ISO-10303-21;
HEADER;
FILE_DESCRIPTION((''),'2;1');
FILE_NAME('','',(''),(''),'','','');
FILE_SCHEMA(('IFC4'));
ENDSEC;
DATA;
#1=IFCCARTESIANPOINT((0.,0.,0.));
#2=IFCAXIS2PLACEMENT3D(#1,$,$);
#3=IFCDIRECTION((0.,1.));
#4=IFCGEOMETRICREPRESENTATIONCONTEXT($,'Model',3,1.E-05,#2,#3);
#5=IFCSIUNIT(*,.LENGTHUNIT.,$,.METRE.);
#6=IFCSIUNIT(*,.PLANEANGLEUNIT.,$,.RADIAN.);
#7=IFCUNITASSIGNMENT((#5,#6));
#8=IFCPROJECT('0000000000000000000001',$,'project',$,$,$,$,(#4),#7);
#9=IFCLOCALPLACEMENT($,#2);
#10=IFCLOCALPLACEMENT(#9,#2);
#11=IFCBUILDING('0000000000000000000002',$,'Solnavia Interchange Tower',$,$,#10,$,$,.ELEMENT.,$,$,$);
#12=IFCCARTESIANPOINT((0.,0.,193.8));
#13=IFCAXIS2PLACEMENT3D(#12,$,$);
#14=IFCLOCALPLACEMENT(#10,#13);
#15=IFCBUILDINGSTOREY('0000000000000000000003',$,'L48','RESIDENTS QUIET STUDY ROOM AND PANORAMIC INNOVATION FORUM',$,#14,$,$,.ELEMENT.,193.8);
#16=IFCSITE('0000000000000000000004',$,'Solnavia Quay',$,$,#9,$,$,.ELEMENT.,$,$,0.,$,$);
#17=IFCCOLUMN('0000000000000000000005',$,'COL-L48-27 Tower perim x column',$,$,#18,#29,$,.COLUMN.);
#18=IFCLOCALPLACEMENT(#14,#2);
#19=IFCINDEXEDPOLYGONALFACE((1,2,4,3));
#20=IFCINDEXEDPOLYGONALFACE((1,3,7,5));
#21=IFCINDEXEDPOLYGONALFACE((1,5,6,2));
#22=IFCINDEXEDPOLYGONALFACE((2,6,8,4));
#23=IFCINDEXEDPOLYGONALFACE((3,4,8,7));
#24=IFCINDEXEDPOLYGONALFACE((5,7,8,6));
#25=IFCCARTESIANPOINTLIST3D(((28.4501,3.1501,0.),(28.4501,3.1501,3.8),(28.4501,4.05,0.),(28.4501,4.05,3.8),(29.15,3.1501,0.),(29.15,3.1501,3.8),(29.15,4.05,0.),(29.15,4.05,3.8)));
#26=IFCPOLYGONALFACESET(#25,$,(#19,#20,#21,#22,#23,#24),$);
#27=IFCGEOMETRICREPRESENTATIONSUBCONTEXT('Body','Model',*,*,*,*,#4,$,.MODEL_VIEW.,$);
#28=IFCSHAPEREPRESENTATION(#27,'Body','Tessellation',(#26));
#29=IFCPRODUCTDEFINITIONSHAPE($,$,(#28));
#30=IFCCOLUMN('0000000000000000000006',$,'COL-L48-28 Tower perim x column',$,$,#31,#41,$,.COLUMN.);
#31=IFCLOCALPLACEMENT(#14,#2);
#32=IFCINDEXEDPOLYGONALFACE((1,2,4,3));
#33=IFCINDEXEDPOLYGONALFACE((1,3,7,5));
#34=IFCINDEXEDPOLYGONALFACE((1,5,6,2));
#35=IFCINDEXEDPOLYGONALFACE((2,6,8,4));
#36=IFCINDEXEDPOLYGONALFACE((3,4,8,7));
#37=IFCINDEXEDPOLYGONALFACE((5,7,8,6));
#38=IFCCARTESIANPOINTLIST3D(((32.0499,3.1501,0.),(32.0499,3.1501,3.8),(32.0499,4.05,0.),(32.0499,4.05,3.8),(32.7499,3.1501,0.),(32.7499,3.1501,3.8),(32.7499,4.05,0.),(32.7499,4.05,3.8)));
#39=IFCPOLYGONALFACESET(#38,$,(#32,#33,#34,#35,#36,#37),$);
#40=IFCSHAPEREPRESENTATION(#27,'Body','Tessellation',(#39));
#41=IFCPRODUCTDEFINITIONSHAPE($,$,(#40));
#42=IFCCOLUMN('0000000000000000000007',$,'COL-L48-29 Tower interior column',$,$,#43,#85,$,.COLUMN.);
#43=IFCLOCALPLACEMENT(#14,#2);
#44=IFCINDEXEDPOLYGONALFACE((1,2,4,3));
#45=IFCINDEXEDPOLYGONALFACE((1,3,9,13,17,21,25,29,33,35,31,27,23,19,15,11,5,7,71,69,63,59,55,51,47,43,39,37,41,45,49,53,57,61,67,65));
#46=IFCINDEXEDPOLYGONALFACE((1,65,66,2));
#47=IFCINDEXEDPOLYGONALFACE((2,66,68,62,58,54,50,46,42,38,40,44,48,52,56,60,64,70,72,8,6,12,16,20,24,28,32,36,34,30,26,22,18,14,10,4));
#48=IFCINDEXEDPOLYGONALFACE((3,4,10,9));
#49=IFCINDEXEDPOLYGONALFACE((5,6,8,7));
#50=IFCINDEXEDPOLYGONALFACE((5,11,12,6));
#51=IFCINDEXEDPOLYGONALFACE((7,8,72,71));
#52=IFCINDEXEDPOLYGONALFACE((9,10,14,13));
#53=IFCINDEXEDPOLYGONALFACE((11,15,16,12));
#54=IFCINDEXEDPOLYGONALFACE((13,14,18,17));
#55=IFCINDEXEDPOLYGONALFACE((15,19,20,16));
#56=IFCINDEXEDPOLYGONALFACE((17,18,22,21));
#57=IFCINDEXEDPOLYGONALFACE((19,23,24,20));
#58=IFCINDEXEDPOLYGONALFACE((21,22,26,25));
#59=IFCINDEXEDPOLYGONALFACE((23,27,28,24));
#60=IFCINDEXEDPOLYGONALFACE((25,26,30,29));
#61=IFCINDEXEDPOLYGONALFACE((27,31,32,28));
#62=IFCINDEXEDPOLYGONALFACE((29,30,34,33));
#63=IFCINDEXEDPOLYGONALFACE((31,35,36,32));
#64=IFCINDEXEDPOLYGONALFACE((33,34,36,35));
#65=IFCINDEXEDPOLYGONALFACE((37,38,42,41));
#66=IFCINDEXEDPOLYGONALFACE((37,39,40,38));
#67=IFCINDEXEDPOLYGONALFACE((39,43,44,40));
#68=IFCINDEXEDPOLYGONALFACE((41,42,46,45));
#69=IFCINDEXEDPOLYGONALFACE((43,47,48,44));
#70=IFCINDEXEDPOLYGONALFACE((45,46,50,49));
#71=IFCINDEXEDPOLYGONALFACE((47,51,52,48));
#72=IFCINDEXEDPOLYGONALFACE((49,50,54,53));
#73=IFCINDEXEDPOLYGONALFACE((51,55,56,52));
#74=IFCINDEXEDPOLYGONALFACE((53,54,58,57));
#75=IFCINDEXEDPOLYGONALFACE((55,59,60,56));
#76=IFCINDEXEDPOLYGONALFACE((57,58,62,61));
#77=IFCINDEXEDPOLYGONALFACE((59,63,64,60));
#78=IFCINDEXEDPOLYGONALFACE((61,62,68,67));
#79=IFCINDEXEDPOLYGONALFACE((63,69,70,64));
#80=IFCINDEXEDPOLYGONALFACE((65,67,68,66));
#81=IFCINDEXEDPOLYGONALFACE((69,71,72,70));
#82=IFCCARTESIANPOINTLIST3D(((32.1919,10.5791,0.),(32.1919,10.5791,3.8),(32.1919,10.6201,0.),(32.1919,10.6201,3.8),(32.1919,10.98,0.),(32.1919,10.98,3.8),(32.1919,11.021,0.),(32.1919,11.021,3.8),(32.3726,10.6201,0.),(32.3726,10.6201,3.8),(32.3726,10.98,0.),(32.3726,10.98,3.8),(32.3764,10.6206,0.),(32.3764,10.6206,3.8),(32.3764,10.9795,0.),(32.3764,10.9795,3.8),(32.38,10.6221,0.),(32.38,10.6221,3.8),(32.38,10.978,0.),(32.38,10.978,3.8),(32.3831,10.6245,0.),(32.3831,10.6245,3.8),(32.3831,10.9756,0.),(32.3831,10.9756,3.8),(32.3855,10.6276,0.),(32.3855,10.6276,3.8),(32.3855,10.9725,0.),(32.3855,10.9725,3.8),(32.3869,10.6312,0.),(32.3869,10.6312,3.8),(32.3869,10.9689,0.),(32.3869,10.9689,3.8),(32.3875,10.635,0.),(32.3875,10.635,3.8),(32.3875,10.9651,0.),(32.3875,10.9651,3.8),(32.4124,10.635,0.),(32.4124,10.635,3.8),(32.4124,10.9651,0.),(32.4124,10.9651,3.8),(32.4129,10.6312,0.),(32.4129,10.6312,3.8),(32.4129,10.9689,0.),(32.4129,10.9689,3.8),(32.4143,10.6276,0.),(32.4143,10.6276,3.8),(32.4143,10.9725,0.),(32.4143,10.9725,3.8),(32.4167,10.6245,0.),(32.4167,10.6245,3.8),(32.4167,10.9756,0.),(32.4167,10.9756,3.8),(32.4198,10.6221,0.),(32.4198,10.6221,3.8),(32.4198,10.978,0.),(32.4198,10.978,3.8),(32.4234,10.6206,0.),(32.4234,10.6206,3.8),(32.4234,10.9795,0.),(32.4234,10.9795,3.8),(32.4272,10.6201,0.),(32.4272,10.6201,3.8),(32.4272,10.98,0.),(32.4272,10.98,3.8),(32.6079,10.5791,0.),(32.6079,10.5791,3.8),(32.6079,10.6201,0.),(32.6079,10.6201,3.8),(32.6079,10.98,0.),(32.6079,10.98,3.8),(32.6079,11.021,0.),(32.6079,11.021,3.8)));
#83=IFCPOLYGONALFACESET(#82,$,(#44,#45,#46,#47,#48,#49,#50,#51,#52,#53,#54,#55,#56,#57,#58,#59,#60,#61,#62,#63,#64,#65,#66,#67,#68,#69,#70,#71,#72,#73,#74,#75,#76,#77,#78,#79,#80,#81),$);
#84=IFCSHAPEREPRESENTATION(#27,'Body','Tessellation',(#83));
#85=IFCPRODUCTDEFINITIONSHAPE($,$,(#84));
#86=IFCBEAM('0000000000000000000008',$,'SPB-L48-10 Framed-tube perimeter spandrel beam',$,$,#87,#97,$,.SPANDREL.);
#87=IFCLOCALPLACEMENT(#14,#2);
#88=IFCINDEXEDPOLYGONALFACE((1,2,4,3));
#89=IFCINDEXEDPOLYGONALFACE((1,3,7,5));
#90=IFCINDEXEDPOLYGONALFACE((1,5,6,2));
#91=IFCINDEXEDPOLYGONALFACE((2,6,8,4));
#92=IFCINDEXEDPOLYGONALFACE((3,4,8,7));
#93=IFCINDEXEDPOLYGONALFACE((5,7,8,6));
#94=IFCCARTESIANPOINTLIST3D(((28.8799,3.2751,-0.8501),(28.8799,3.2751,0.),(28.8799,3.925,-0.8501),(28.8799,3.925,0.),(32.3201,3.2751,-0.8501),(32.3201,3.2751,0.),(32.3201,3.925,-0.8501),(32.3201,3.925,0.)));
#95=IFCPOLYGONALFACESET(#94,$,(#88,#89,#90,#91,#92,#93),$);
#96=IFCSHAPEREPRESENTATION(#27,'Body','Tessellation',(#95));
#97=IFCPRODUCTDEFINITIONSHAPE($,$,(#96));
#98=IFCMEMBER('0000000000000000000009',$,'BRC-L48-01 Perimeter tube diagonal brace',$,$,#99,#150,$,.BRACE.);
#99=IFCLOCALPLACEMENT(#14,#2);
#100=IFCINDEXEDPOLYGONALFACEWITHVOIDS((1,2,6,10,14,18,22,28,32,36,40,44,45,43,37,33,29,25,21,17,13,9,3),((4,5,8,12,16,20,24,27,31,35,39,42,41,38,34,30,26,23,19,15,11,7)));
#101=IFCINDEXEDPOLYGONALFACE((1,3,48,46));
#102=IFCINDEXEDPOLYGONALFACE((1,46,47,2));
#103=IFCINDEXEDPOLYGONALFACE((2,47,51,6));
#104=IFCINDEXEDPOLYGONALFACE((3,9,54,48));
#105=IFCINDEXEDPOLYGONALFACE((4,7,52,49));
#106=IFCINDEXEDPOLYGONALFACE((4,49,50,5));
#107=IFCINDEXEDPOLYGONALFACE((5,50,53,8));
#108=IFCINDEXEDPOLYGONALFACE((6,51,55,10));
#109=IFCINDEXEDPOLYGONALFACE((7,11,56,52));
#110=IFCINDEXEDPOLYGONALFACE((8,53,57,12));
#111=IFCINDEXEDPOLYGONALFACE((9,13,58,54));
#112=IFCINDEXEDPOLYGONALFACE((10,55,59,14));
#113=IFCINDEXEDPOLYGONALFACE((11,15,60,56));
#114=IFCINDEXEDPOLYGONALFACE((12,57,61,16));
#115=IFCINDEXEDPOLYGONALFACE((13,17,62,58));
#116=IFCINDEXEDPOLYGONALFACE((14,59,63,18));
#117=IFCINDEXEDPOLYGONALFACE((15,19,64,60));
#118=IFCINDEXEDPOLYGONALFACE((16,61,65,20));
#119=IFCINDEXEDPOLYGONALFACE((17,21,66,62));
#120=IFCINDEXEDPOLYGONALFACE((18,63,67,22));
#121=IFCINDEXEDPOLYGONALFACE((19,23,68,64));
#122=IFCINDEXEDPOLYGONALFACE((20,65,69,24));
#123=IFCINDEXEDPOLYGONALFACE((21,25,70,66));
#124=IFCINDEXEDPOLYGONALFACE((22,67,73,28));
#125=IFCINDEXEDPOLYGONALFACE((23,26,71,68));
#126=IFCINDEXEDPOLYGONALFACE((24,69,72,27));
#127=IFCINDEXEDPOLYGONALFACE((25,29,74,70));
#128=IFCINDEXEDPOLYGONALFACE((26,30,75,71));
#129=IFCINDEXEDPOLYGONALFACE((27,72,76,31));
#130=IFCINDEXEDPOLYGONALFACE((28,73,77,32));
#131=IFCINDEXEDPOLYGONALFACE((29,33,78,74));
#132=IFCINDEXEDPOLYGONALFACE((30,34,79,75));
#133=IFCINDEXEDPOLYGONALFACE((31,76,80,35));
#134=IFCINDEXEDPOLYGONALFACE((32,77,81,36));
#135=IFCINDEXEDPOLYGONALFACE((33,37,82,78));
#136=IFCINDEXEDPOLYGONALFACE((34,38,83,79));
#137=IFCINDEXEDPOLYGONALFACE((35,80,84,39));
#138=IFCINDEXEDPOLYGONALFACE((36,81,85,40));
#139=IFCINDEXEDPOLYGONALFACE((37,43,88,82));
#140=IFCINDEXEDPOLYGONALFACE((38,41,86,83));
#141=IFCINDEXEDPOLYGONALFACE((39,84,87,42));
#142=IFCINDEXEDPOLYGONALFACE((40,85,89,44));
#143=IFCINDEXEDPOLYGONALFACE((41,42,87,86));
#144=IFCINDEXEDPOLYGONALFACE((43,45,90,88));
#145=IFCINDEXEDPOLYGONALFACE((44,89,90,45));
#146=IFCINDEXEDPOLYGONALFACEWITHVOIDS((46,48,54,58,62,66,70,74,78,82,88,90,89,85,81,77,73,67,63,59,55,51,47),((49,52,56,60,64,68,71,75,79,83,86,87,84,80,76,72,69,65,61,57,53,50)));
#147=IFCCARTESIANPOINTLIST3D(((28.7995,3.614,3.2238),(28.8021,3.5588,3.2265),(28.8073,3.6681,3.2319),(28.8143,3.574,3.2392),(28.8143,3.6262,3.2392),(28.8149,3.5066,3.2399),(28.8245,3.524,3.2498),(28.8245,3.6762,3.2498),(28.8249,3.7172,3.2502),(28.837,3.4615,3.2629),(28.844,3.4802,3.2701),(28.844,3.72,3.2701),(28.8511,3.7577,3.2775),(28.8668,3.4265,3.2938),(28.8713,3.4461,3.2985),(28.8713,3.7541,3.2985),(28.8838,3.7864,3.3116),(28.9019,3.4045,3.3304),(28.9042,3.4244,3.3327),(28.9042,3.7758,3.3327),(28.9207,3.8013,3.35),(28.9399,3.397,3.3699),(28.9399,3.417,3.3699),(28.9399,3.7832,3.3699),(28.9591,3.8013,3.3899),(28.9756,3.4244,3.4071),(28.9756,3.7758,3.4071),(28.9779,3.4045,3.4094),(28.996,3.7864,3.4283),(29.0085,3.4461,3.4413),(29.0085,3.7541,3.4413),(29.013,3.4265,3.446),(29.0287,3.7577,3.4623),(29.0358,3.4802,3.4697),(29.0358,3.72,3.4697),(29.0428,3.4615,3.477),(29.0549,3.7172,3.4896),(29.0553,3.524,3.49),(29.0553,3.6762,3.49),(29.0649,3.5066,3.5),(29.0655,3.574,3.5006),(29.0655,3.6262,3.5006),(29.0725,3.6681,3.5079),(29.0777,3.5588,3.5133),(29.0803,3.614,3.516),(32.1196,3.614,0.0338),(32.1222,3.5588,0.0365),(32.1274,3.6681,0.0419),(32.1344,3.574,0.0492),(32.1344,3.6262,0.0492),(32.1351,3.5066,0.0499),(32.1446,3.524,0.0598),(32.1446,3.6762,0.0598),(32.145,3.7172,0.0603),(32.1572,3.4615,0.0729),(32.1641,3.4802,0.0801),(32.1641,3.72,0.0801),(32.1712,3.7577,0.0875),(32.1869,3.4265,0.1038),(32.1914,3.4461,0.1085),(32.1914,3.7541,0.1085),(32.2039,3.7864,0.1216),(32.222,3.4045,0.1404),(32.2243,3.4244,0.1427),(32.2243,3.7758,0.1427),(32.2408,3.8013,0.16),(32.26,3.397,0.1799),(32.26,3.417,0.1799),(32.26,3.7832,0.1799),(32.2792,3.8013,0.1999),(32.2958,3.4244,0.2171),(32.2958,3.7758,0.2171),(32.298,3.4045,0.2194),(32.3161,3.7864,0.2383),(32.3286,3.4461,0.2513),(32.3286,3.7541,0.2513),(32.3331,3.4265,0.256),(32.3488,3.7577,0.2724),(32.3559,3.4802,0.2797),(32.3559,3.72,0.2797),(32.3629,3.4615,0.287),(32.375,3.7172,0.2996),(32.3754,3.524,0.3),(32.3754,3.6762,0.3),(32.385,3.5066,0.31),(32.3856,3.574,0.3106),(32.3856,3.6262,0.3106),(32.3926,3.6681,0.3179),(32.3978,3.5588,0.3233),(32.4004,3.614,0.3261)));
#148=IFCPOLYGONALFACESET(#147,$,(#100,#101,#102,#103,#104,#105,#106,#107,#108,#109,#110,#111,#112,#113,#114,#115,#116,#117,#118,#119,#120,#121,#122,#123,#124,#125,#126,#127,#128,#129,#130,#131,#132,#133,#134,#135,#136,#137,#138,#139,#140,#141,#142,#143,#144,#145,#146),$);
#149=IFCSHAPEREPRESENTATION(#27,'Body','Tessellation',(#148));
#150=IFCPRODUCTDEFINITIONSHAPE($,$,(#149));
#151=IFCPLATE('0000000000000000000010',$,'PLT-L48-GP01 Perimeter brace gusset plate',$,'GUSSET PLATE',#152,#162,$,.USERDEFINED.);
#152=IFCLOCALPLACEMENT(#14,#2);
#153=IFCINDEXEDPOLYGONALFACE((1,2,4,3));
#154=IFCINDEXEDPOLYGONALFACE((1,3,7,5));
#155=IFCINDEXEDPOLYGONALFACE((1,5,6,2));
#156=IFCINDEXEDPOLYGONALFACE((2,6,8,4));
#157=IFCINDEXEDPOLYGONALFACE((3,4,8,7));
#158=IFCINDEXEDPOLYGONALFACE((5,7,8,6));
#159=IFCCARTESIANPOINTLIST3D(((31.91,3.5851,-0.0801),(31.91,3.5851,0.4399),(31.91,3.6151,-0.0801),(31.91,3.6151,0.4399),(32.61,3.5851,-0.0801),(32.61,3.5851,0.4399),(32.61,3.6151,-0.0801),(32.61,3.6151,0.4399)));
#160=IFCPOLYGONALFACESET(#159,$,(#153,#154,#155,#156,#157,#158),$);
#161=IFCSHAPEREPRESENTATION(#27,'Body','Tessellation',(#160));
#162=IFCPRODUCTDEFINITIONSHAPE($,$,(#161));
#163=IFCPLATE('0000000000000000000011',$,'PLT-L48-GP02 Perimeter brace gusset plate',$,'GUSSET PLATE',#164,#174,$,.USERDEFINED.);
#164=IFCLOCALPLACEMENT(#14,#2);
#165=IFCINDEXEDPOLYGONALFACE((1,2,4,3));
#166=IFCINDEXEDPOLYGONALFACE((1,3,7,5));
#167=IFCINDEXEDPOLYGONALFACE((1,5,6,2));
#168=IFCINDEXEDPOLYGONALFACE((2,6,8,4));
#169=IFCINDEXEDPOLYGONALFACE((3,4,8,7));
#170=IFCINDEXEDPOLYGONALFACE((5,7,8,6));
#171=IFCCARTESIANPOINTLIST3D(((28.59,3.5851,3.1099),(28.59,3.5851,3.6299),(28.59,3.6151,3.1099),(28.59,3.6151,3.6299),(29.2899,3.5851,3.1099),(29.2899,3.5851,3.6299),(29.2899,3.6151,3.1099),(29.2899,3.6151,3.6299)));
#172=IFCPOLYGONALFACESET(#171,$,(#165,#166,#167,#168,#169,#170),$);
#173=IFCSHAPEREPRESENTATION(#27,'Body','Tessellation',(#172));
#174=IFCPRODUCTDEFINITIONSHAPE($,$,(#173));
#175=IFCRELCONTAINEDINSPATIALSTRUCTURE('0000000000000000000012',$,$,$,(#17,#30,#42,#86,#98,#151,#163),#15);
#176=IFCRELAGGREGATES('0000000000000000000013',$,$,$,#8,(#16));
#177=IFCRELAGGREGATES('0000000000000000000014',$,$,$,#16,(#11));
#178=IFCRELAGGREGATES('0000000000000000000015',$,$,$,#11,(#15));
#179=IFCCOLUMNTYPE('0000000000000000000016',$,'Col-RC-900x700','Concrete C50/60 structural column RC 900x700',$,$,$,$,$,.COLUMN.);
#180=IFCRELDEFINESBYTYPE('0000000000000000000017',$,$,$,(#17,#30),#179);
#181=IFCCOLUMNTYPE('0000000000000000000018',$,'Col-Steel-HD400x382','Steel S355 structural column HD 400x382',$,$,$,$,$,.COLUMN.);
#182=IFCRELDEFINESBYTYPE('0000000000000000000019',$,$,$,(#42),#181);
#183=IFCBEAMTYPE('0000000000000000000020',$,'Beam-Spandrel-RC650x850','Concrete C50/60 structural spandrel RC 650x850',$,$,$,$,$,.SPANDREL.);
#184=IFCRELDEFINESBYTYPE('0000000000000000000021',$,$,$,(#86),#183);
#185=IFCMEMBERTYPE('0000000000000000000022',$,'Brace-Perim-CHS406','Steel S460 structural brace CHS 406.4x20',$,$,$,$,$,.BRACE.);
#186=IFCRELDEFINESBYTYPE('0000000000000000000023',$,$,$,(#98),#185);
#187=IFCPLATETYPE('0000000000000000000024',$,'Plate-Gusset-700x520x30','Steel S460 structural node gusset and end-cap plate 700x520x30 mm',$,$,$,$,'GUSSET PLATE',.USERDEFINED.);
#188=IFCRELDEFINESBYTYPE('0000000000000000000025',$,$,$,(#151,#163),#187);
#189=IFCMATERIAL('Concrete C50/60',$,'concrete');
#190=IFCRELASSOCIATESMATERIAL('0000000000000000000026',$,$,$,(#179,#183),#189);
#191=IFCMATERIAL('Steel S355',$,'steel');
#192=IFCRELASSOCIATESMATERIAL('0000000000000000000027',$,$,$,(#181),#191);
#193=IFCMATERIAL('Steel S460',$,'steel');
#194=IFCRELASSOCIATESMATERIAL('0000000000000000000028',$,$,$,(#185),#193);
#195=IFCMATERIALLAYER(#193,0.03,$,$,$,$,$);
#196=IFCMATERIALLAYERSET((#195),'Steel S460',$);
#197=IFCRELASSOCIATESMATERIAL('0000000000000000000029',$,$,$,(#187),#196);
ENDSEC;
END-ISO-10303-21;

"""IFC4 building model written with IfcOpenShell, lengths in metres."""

from ifc_helpers import new_model, si_unit, direction, frame, origin, origin_2d, place, context, subcontext, project, spatial, rectangle, hollow_circle, i_section, extrude, material, layer, layer_set, material_profile, profile_set, type_object, element, save


model = new_model("IFC4")

# Units and contexts
model_context = context("Model", 3, precision=1e-05, world=origin(), true_north=direction((0.0, 1.0)))
body_context = subcontext(model_context, "Body", "Model", "MODEL_VIEW")
ifc_project = project(units=[si_unit("LENGTHUNIT", "METRE"), si_unit("PLANEANGLEUNIT", "RADIAN")], contexts=[model_context])

# Site, building, storey
site_placement = place(None, origin())
site = spatial("IfcSite", under=ifc_project, at=site_placement, Name="Solnavia Quay", CompositionType="ELEMENT", RefElevation=0.0)
building_placement = place(site_placement, origin())
building = spatial("IfcBuilding", under=site, at=building_placement, Name="Solnavia Interchange Tower", CompositionType="ELEMENT")
storey_placement = place(building_placement, frame((0.0, 0.0, 193.8)))
storey = spatial("IfcBuildingStorey", under=building, at=storey_placement, Name="L48", Description="RESIDENTS QUIET STUDY ROOM AND PANORAMIC INNOVATION FORUM", CompositionType="ELEMENT", Elevation=193.8)

# Columns
ifc_material_1 = material(Name="Concrete C50/60", Category="concrete")
ifc_material_profile_1 = material_profile(ifc_material_1, rectangle(XDim=0.7, YDim=0.8999, at=origin_2d()), Name="RC 900x700")
ifc_profile_set_1 = profile_set([ifc_material_profile_1], Name="Concrete C50/60")
column_type_1 = type_object("IfcColumnType", Name="Col-RC-900x700", Description="Concrete C50/60 structural column RC 900x700", PredefinedType="COLUMN", material=ifc_profile_set_1)
for number, where, z_axis, x_axis, name in (
    (1, (28.8, 3.6001, 0.0), (0.0, 0.0, 1.0), (1.0, 0.0, 0.0), "COL-L48-27 Tower perim x column"),
    (2, (32.3999, 3.6001, 0.0), (0.0, 0.0, 1.0), (1.0, 0.0, 0.0), "COL-L48-28 Tower perim x column"),
):
    element("IfcColumn", number, at=place(storey_placement, frame(where, z_axis=z_axis, x_axis=x_axis)), inside=storey, type_object=column_type_1, Name=name, PredefinedType="COLUMN", context=body_context, shape_type="SweptSolid", body=[
        extrude(rectangle(XDim=0.7, YDim=0.8999, at=origin_2d()), origin(), (0.0, 0.0, 1.0), 3.8),
    ])
ifc_material_2 = material(Name="Steel S355", Category="steel")
ifc_material_profile_2 = material_profile(ifc_material_2, i_section(OverallWidth=0.416, OverallDepth=0.4419, WebThickness=0.0249, FlangeThickness=0.041, FilletRadius=0.0149, at=origin_2d()), Name="HD 400x382")
ifc_profile_set_2 = profile_set([ifc_material_profile_2], Name="Steel S355")
column_type_2 = type_object("IfcColumnType", Name="Col-Steel-HD400x382", Description="Steel S355 structural column HD 400x382", PredefinedType="COLUMN", material=ifc_profile_set_2)
column_placement = place(storey_placement, frame((32.3999, 10.8, 0.0), z_axis=(0.0, 0.0, 1.0), x_axis=(1.0, 0.0, 0.0)))
element("IfcColumn", 3, at=column_placement, inside=storey, type_object=column_type_2, Name="COL-L48-29 Tower interior column", PredefinedType="COLUMN", context=body_context, shape_type="SweptSolid", body=[
    extrude(i_section(OverallWidth=0.416, OverallDepth=0.4419, WebThickness=0.0249, FlangeThickness=0.041, FilletRadius=0.0149, at=origin_2d()), origin(), (0.0, 0.0, 1.0), 3.8),
])

# Beam
ifc_material_profile_3 = material_profile(ifc_material_1, rectangle(XDim=0.6499, YDim=0.8501, at=origin_2d()), Name="RC 650x850")
ifc_profile_set_3 = profile_set([ifc_material_profile_3], Name="Concrete C50/60")
beam_type = type_object("IfcBeamType", Name="Beam-Spandrel-RC650x850", Description="Concrete C50/60 structural spandrel RC 650x850", PredefinedType="SPANDREL", material=ifc_profile_set_3)
beam_placement = place(storey_placement, frame((28.8799, 3.6001, -0.425), z_axis=(1.0, 0.0, 0.0), x_axis=(0.0, 1.0, 0.0)))
element("IfcBeam", 4, at=beam_placement, inside=storey, type_object=beam_type, Name="SPB-L48-10 Framed-tube perimeter spandrel beam", PredefinedType="SPANDREL", context=body_context, shape_type="SweptSolid", body=[
    extrude(rectangle(XDim=0.6499, YDim=0.8501, at=origin_2d()), origin(), (0.0, 0.0, 1.0), 3.4402),
])

# Member
ifc_material_3 = material(Name="Steel S460", Category="steel")
ifc_material_profile_4 = material_profile(ifc_material_3, hollow_circle(Radius=0.2031, WallThickness=0.02, at=origin_2d()), Name="CHS 406.4x20")
ifc_profile_set_4 = profile_set([ifc_material_profile_4], Name="Steel S460")
member_type = type_object("IfcMemberType", Name="Brace-Perim-CHS406", Description="Steel S460 structural brace CHS 406.4x20", PredefinedType="BRACE", material=ifc_profile_set_4)
member_placement = place(storey_placement, frame((32.26, 3.6001, 0.1799), z_axis=(-0.721097, 0.0, 0.692834), x_axis=(0.0, -1.0, 0.0)))
element("IfcMember", 5, at=member_placement, inside=storey, type_object=member_type, Name="BRC-L48-01 Perimeter tube diagonal brace", PredefinedType="BRACE", context=body_context, shape_type="SweptSolid", body=[
    extrude(hollow_circle(Radius=0.2031, WallThickness=0.02, at=origin_2d()), origin(), (0.0, 0.0, 1.0), 4.6042),
])

# Plates
ifc_layer_1 = layer(ifc_material_3, 0.03)
ifc_layer_set_1 = layer_set([ifc_layer_1], Name="Steel S460")
plate_type = type_object("IfcPlateType", Name="Plate-Gusset-700x520x30", Description="Steel S460 structural node gusset and end-cap plate 700x520x30 mm", ElementType="GUSSET PLATE", PredefinedType="USERDEFINED", material=ifc_layer_set_1)
for number, where, z_axis, x_axis, name in (
    (6, (32.26, 3.6001, -0.0801), (0.0, 0.0, 1.0), (-1.0, 0.0, 0.0), "PLT-L48-GP01 Perimeter brace gusset plate"),
    (7, (28.9399, 3.6001, 3.1099), (0.0, 0.0, 1.0), (-1.0, 0.0, 0.0), "PLT-L48-GP02 Perimeter brace gusset plate"),
):
    element("IfcPlate", number, at=place(storey_placement, frame(where, z_axis=z_axis, x_axis=x_axis)), inside=storey, type_object=plate_type, Name=name, ObjectType="GUSSET PLATE", PredefinedType="USERDEFINED", context=body_context, shape_type="SweptSolid", body=[
        extrude(rectangle(XDim=0.7, YDim=0.03, at=origin_2d()), origin(), (0.0, 0.0, 1.0), 0.52),
    ])

save(model, "model.ifc")
